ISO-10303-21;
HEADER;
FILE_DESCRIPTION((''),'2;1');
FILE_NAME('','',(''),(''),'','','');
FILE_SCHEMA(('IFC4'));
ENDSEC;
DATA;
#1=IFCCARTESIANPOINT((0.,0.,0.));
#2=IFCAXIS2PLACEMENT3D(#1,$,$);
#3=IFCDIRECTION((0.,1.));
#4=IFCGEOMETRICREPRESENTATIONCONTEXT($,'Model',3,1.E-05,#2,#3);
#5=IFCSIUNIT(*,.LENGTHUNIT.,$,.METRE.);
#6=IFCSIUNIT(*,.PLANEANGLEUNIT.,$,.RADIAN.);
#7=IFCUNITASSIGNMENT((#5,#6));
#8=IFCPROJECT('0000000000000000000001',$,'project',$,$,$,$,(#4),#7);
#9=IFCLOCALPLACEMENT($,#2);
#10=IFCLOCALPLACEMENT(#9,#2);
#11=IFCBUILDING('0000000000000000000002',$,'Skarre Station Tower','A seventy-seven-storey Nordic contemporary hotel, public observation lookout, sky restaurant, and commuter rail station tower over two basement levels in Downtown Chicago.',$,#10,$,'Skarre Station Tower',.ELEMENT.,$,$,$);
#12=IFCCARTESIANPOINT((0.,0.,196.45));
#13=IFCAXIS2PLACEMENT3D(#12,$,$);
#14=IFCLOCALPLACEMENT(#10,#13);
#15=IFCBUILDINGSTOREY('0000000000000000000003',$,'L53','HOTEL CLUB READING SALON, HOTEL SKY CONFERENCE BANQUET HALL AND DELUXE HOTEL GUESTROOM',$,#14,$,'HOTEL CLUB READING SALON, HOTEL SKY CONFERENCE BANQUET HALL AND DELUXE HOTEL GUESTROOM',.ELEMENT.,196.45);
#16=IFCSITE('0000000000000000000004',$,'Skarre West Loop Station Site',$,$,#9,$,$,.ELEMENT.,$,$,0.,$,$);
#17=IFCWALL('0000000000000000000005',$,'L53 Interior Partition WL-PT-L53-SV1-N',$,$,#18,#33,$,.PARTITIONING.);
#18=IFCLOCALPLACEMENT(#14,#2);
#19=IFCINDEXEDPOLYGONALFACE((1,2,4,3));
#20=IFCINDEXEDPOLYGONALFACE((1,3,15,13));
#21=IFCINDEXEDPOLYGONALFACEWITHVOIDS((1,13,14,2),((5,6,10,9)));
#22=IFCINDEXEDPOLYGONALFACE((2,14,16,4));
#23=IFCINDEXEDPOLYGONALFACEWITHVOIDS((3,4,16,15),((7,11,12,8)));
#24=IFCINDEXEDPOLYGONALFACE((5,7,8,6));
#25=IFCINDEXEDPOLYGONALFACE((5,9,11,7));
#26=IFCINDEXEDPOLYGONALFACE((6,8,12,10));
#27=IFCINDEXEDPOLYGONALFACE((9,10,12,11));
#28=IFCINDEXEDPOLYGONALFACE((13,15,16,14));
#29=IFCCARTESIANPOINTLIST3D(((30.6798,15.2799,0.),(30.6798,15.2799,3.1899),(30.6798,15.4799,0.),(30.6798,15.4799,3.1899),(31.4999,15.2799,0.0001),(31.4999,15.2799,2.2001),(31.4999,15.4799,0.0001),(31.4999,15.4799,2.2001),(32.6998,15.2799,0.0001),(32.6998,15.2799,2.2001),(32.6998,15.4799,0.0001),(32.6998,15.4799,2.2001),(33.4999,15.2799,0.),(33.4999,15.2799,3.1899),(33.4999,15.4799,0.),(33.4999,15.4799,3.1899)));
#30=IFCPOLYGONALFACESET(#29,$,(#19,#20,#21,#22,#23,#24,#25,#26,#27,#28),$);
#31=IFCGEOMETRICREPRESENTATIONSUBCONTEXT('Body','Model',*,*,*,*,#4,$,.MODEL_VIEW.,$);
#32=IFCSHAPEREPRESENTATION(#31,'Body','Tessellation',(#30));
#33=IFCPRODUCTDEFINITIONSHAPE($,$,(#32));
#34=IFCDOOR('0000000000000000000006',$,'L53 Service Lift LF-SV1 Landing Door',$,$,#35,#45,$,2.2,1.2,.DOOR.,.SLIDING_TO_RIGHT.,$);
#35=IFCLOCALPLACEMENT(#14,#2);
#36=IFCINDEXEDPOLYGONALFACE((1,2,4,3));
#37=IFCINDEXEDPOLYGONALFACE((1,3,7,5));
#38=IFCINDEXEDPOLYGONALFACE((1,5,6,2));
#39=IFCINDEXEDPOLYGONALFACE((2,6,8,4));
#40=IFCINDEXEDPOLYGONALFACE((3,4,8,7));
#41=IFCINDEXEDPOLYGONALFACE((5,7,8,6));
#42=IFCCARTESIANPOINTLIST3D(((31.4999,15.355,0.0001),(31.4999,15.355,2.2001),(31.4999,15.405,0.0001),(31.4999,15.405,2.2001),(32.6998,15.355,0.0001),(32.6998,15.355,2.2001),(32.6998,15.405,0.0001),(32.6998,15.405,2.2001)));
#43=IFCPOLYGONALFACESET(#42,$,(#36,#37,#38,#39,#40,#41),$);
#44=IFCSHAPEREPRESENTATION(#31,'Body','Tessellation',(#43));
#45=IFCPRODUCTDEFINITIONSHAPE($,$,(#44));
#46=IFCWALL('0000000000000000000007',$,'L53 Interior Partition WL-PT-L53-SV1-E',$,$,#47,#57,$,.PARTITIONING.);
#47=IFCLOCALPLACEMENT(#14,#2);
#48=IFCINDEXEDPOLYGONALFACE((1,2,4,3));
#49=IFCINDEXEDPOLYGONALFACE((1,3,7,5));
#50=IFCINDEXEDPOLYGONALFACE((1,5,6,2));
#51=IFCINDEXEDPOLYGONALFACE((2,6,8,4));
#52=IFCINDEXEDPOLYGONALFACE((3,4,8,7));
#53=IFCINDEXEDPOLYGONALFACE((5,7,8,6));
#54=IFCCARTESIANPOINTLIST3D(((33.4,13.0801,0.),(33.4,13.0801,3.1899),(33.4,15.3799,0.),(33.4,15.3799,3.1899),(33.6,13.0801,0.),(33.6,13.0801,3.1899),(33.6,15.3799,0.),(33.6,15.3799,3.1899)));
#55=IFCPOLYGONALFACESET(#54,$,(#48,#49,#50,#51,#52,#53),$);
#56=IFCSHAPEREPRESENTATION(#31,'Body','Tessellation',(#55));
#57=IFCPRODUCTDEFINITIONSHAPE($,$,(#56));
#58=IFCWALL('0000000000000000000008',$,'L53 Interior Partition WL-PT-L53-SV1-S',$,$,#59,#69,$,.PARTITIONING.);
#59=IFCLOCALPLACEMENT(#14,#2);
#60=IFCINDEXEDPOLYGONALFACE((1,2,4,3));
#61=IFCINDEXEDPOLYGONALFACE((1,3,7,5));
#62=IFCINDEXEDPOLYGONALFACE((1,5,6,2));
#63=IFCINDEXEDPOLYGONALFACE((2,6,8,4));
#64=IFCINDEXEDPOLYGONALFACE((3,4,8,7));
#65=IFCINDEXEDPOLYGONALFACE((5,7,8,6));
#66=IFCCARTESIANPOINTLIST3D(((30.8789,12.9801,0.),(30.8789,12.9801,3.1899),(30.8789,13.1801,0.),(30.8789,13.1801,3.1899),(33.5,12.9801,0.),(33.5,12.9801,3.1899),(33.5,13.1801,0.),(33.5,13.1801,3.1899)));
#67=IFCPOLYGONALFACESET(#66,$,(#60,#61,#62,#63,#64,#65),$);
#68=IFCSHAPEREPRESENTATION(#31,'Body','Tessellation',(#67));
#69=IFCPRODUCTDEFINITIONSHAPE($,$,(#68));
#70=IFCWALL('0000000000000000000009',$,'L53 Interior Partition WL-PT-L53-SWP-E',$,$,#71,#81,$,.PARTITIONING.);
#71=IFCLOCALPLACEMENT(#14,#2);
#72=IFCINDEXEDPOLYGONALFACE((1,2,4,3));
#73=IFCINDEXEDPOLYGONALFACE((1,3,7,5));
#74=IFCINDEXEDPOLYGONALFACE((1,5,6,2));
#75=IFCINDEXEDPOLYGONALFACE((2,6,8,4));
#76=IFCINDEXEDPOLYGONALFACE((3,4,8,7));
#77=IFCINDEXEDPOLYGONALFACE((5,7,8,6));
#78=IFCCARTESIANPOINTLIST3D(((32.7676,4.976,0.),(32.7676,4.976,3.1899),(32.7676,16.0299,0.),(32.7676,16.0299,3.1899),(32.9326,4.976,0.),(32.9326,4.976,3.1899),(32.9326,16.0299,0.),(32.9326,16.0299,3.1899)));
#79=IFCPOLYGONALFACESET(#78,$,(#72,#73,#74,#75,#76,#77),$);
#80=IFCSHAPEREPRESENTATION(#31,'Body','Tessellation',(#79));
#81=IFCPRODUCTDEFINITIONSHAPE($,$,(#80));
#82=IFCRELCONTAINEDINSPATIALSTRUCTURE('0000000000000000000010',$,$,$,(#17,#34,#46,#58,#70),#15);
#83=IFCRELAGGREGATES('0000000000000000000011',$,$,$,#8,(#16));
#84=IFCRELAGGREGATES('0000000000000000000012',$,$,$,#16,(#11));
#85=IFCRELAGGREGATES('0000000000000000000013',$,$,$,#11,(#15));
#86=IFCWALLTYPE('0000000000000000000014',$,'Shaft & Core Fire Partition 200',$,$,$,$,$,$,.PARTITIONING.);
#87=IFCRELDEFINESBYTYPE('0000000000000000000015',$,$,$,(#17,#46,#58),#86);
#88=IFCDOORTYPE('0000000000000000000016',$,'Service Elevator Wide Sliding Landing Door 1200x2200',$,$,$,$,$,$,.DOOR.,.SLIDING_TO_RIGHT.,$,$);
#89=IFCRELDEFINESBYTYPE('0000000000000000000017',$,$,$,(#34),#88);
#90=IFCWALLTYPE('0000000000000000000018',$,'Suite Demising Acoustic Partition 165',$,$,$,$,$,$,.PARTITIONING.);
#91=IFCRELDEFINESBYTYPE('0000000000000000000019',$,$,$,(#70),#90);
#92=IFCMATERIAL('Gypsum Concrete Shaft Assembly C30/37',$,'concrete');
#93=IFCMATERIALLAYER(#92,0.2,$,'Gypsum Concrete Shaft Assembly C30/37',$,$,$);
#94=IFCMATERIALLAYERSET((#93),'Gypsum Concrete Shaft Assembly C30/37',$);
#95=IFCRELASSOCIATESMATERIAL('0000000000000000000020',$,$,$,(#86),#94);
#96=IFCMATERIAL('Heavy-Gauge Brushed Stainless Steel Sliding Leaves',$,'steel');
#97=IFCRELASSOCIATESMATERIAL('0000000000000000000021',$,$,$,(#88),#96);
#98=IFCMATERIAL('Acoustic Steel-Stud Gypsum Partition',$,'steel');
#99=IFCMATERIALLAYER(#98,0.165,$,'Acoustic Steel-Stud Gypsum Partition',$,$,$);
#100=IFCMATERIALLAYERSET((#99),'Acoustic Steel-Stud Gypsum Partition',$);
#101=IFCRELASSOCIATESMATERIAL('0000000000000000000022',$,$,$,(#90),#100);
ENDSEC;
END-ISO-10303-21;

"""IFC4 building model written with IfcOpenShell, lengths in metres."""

from ifc_helpers import new_model, si_unit, direction, frame, frame_2d, origin, place, context, subcontext, project, spatial, rectangle, extrude, material, layer, layer_set, type_object, element, fill, save


model = new_model("IFC4")

# Units and contexts
model_context = context("Model", 3, precision=1e-05, world=origin(), true_north=direction((0.0, 1.0)))
body_context = subcontext(model_context, "Body", "Model", "MODEL_VIEW")
ifc_project = project(units=[si_unit("LENGTHUNIT", "METRE"), si_unit("PLANEANGLEUNIT", "RADIAN")], contexts=[model_context])

# Site, building, storey
site_placement = place(None, origin())
site = spatial("IfcSite", under=ifc_project, at=site_placement, Name="Skarre West Loop Station Site", CompositionType="ELEMENT", RefElevation=0.0)
building_placement = place(site_placement, origin())
building = spatial("IfcBuilding", under=site, at=building_placement, Name="Skarre Station Tower", Description="A seventy-seven-storey Nordic contemporary hotel, public observation lookout, sky restaurant, and commuter rail station tower over two basement levels in Downtown Chicago.", LongName="Skarre Station Tower", CompositionType="ELEMENT")
storey_placement = place(building_placement, frame((0.0, 0.0, 196.45)))
storey = spatial("IfcBuildingStorey", under=building, at=storey_placement, Name="L53", Description="HOTEL CLUB READING SALON, HOTEL SKY CONFERENCE BANQUET HALL AND DELUXE HOTEL GUESTROOM", LongName="HOTEL CLUB READING SALON, HOTEL SKY CONFERENCE BANQUET HALL AND DELUXE HOTEL GUESTROOM", CompositionType="ELEMENT", Elevation=196.45)

# Shared definitions
ifc_material_1 = material(Name="Acoustic Steel-Stud Gypsum Partition", Category="steel")

# Wall, opening, door
ifc_material_2 = material(Name="Gypsum Concrete Shaft Assembly C30/37", Category="concrete")
ifc_layer_1 = layer(ifc_material_2, 0.2, Name="Gypsum Concrete Shaft Assembly C30/37")
ifc_layer_set_1 = layer_set([ifc_layer_1], Name="Gypsum Concrete Shaft Assembly C30/37")
wall_type_1 = type_object("IfcWallType", Name="Shaft & Core Fire Partition 200", PredefinedType="PARTITIONING", material=ifc_layer_set_1)
wall_1_placement = place(storey_placement, frame((33.5, 15.3799, 0.0), z_axis=(0.0, 0.0, 1.0), x_axis=(-1.0, 0.0, 0.0)))
wall_1 = element("IfcWall", 1, at=wall_1_placement, inside=storey, type_object=wall_type_1, Name="L53 Interior Partition WL-PT-L53-SV1-N", PredefinedType="PARTITIONING", context=body_context, shape_type="SweptSolid", body=[
    extrude(rectangle(XDim=2.8201, YDim=0.2, at=frame_2d((1.4102, 0.0))), origin(), (0.0, 0.0, 1.0), 3.1899),
])
opening_1_placement = place(wall_1_placement, frame((0.8, 0.0, 0.0)))
opening_1 = element("IfcOpeningElement", 2, at=opening_1_placement, cuts=wall_1, PredefinedType="OPENING", context=body_context, shape_type="SweptSolid", body=[
    extrude(rectangle(XDim=1.2, YDim=2.2, at=frame_2d((0.6001, 1.1001))), frame((0.0, 0.1099, 0.0), z_axis=(0.0, -1.0, 0.0), x_axis=(1.0, 0.0, 0.0)), (0.0, 0.0, 1.0), 0.22),
])
ifc_material_3 = material(Name="Heavy-Gauge Brushed Stainless Steel Sliding Leaves", Category="steel")
door_type_1 = type_object("IfcDoorType", Name="Service Elevator Wide Sliding Landing Door 1200x2200", OperationType="SLIDING_TO_RIGHT", PredefinedType="DOOR", material=ifc_material_3)
door_1_placement = place(opening_1_placement, origin())
door_1 = element("IfcDoor", 3, at=door_1_placement, inside=storey, type_object=door_type_1, Name="L53 Service Lift LF-SV1 Landing Door", OperationType="SLIDING_TO_RIGHT", OverallHeight=2.2, OverallWidth=1.2, PredefinedType="DOOR", context=body_context, shape_type="SweptSolid", body=[
    extrude(rectangle(XDim=1.2, YDim=2.2, at=frame_2d((0.6001, 1.1001))), frame((0.0, 0.0249, 0.0), z_axis=(0.0, -1.0, 0.0), x_axis=(1.0, 0.0, 0.0)), (0.0, 0.0, 1.0), 0.05),
])
fill(opening_1, door_1)

# Walls
wall_2_placement = place(storey_placement, frame((33.5, 13.0801, 0.0), z_axis=(0.0, 0.0, 1.0), x_axis=(0.0, 1.0, 0.0)))
element("IfcWall", 4, at=wall_2_placement, inside=storey, type_object=wall_type_1, Name="L53 Interior Partition WL-PT-L53-SV1-E", PredefinedType="PARTITIONING", context=body_context, shape_type="SweptSolid", body=[
    extrude(rectangle(XDim=2.2998, YDim=0.2, at=frame_2d((1.1499, 0.0))), origin(), (0.0, 0.0, 1.0), 3.1899),
])
wall_3_placement = place(storey_placement, frame((30.8789, 13.0801, 0.0), z_axis=(0.0, 0.0, 1.0), x_axis=(1.0, 0.0, 0.0)))
element("IfcWall", 5, at=wall_3_placement, inside=storey, type_object=wall_type_1, Name="L53 Interior Partition WL-PT-L53-SV1-S", PredefinedType="PARTITIONING", context=body_context, shape_type="SweptSolid", body=[
    extrude(rectangle(XDim=2.6211, YDim=0.2, at=frame_2d((1.3105, 0.0))), origin(), (0.0, 0.0, 1.0), 3.1899),
])
ifc_layer_2 = layer(ifc_material_1, 0.165, Name="Acoustic Steel-Stud Gypsum Partition")
ifc_layer_set_2 = layer_set([ifc_layer_2], Name="Acoustic Steel-Stud Gypsum Partition")
wall_type_2 = type_object("IfcWallType", Name="Suite Demising Acoustic Partition 165", PredefinedType="PARTITIONING", material=ifc_layer_set_2)
wall_4_placement = place(storey_placement, frame((32.8501, 4.9761, 0.0), z_axis=(0.0, 0.0, 1.0), x_axis=(0.0, 1.0, 0.0)))
element("IfcWall", 6, at=wall_4_placement, inside=storey, type_object=wall_type_2, Name="L53 Interior Partition WL-PT-L53-SWP-E", PredefinedType="PARTITIONING", context=body_context, shape_type="SweptSolid", body=[
    extrude(rectangle(XDim=11.054, YDim=0.165, at=frame_2d((5.5269, 0.0))), origin(), (0.0, 0.0, 1.0), 3.1899),
])

save(model, "model.ifc")
